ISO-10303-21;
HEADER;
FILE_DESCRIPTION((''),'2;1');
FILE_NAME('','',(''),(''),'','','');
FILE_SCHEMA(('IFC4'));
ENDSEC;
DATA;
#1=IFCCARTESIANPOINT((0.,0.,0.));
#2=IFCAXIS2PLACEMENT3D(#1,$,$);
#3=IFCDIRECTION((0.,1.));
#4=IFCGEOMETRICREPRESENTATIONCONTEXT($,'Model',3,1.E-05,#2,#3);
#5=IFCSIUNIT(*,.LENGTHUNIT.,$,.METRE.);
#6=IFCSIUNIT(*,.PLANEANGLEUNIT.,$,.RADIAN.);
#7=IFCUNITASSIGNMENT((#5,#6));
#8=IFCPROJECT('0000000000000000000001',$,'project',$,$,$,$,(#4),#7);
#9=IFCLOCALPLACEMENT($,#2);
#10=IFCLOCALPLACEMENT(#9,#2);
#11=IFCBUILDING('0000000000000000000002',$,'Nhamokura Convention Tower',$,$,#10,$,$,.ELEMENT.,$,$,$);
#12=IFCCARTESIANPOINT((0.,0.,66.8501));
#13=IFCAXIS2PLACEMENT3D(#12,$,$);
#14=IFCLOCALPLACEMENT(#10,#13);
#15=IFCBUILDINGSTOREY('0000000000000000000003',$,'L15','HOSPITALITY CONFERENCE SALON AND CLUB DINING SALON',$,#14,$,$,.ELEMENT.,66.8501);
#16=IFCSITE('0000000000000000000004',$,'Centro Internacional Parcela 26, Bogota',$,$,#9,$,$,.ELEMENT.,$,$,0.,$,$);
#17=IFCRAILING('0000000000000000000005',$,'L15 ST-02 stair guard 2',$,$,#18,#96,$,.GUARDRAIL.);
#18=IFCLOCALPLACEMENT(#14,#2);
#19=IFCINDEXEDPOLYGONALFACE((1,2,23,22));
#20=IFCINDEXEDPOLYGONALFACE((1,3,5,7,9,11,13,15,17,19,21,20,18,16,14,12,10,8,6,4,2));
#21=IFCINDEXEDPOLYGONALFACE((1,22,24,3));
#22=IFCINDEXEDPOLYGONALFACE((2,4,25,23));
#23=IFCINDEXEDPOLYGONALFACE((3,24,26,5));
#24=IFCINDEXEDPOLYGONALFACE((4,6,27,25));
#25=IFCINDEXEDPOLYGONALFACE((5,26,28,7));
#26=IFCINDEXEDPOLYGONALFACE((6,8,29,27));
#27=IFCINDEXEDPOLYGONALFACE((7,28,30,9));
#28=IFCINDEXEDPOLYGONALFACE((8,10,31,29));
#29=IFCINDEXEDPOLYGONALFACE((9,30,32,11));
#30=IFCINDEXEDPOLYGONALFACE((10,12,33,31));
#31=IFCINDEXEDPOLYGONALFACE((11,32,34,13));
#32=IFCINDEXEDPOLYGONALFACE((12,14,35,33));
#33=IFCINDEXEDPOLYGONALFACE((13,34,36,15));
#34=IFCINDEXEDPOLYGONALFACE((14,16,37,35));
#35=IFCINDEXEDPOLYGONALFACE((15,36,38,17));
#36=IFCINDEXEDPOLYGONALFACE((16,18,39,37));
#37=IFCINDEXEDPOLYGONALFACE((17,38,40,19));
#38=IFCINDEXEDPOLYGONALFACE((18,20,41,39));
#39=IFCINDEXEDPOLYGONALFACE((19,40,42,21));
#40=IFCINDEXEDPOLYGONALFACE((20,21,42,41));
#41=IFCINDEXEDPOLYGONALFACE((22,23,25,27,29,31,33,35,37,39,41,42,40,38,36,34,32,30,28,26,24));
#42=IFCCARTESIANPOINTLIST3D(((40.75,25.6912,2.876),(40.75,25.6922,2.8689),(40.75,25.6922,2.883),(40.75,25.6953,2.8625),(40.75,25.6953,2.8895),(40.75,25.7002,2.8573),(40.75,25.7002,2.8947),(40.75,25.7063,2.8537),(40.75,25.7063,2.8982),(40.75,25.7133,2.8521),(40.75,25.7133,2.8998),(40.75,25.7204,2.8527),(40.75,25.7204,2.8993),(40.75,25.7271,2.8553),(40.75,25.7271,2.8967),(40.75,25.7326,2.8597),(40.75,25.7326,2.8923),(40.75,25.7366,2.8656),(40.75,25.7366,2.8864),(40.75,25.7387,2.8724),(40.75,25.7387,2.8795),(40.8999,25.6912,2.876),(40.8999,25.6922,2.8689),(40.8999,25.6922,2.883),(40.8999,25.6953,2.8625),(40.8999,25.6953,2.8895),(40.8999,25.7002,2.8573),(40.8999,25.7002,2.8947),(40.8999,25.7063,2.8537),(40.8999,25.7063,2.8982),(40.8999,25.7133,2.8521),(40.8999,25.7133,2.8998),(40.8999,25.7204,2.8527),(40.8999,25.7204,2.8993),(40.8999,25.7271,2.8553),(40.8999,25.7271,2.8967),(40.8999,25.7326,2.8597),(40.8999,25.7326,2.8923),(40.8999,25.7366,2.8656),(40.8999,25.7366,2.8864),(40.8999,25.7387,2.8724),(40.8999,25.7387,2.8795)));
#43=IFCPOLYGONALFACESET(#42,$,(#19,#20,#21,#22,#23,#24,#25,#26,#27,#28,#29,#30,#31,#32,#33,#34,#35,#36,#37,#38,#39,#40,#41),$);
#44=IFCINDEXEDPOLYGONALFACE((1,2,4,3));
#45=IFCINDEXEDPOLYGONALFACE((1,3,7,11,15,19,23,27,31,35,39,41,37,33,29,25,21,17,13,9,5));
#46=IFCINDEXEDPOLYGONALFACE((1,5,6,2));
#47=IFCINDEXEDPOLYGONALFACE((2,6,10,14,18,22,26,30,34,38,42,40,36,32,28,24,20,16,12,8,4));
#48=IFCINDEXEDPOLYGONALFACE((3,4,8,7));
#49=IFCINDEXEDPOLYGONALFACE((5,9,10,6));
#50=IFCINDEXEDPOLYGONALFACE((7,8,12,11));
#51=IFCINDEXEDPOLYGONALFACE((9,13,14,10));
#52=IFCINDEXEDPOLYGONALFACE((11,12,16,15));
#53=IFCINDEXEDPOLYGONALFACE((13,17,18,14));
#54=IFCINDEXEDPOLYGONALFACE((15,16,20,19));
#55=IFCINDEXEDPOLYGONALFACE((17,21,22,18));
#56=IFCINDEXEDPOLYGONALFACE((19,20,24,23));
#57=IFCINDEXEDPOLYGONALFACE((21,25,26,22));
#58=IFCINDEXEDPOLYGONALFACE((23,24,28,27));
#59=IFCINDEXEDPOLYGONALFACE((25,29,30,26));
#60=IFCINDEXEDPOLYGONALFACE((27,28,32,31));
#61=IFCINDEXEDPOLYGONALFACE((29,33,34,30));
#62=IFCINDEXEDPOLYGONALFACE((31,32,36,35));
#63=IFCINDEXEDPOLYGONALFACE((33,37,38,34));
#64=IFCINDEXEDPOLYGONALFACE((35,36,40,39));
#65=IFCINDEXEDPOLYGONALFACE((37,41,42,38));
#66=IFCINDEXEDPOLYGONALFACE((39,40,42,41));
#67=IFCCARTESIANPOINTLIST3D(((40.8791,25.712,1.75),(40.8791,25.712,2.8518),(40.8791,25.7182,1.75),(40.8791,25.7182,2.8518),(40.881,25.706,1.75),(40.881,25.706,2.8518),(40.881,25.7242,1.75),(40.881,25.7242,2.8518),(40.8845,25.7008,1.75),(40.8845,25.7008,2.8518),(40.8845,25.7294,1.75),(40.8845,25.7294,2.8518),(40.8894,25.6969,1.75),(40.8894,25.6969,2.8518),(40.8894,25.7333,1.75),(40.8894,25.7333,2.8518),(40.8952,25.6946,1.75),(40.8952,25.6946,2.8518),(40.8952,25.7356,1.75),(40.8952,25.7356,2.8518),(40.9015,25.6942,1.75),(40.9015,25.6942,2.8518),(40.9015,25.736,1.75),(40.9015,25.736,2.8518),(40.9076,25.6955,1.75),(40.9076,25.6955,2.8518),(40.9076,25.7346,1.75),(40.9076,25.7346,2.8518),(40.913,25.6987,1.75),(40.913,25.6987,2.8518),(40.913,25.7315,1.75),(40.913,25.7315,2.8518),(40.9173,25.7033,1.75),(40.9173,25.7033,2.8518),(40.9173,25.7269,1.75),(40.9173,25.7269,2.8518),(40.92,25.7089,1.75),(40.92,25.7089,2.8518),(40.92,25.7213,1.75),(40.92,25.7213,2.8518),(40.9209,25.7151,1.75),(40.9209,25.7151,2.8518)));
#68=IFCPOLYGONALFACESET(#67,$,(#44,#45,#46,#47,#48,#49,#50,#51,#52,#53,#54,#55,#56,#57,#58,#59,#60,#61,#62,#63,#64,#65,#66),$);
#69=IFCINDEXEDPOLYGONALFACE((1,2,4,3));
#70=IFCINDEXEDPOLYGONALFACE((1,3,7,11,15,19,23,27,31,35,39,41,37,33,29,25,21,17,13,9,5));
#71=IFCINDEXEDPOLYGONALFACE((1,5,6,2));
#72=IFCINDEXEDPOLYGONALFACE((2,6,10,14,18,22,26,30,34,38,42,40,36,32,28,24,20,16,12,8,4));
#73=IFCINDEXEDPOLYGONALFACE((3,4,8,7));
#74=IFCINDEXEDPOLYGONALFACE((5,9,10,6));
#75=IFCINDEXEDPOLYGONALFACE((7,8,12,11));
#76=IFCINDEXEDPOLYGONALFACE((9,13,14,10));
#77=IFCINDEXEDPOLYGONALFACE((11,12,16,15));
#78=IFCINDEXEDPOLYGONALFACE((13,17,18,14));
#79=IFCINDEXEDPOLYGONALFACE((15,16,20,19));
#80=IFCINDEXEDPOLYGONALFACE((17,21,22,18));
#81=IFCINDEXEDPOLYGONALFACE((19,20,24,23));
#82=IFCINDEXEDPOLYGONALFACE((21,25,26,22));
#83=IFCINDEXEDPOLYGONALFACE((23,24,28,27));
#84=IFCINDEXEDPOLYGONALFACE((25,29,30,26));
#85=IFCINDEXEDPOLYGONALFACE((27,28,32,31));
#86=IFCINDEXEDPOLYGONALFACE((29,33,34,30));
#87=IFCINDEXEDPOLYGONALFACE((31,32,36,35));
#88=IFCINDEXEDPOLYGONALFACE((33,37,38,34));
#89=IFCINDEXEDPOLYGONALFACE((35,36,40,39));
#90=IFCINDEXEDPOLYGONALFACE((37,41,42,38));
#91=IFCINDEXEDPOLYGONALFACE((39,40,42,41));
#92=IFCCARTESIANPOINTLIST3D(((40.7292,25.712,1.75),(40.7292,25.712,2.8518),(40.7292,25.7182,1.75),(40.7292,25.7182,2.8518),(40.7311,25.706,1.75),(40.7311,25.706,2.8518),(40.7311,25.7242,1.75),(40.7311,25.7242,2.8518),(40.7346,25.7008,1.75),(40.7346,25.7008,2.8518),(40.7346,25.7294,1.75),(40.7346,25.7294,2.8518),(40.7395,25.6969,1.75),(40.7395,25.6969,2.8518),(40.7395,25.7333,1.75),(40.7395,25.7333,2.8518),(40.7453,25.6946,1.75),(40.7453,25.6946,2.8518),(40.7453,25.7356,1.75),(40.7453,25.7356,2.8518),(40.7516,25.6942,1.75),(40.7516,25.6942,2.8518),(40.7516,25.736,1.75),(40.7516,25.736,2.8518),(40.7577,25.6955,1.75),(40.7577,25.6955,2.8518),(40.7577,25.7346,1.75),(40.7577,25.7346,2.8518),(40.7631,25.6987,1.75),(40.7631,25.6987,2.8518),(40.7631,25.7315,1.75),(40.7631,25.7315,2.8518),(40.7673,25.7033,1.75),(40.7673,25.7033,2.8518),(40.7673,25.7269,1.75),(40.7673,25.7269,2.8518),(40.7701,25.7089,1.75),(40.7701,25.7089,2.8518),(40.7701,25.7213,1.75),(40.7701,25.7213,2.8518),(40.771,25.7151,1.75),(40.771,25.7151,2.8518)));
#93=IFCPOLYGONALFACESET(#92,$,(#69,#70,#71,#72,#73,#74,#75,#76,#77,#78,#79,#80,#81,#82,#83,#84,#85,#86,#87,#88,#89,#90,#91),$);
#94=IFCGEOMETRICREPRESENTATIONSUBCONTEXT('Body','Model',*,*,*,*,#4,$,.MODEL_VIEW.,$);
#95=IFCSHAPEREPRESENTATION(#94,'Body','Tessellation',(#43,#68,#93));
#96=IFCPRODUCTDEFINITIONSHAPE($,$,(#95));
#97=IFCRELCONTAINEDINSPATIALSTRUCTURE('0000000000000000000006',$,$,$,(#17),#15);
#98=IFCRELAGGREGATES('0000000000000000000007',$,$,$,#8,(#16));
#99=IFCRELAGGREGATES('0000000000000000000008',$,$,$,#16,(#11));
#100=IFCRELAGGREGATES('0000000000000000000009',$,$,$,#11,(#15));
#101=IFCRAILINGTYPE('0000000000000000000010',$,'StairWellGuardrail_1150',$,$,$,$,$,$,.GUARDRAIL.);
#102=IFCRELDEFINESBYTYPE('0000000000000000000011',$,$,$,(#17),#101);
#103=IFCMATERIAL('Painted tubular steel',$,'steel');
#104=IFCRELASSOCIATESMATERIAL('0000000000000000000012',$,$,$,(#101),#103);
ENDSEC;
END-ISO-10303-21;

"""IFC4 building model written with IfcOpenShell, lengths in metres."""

from ifc_helpers import new_model, si_unit, direction, frame, origin, origin_2d, place, context, subcontext, project, spatial, circle, extrude, material, type_object, element, save


model = new_model("IFC4")

# Units and contexts
model_context = context("Model", 3, precision=1e-05, world=origin(), true_north=direction((0.0, 1.0)))
body_context = subcontext(model_context, "Body", "Model", "MODEL_VIEW")
ifc_project = project(units=[si_unit("LENGTHUNIT", "METRE"), si_unit("PLANEANGLEUNIT", "RADIAN")], contexts=[model_context])

# Site, building, storey
site_placement = place(None, origin())
site = spatial("IfcSite", under=ifc_project, at=site_placement, Name="Centro Internacional Parcela 26, Bogota", CompositionType="ELEMENT", RefElevation=0.0)
building_placement = place(site_placement, origin())
building = spatial("IfcBuilding", under=site, at=building_placement, Name="Nhamokura Convention Tower", CompositionType="ELEMENT")
storey_placement = place(building_placement, frame((0.0, 0.0, 66.8501)))
storey = spatial("IfcBuildingStorey", under=building, at=storey_placement, Name="L15", Description="HOSPITALITY CONFERENCE SALON AND CLUB DINING SALON", CompositionType="ELEMENT", Elevation=66.8501)

# Railing
ifc_material_1 = material(Name="Painted tubular steel", Category="steel")
railing_type_1 = type_object("IfcRailingType", Name="StairWellGuardrail_1150", PredefinedType="GUARDRAIL", material=ifc_material_1)
railing_1_placement = place(storey_placement, frame((40.8999, 25.7151, 1.75)))
element("IfcRailing", 1, at=railing_1_placement, inside=storey, type_object=railing_type_1, Name="L15 ST-02 stair guard 2", PredefinedType="GUARDRAIL", context=body_context, shape_type="SweptSolid", body=[
    extrude(circle(Radius=0.0239, at=origin_2d()), frame((0.0, 0.0, 1.126), z_axis=(-1.0, 0.0, 0.0), x_axis=(0.0, -1.0, 0.0)), (0.0, 0.0, 1.0), 0.1499),
    extrude(circle(Radius=0.021, at=origin_2d()), origin(), (0.0, 0.0, 1.0), 1.1018),
    extrude(circle(Radius=0.021, at=origin_2d()), frame((-0.1499, 0.0, 0.0)), (0.0, 0.0, 1.0), 1.1018),
])

save(model, "model.ifc")
